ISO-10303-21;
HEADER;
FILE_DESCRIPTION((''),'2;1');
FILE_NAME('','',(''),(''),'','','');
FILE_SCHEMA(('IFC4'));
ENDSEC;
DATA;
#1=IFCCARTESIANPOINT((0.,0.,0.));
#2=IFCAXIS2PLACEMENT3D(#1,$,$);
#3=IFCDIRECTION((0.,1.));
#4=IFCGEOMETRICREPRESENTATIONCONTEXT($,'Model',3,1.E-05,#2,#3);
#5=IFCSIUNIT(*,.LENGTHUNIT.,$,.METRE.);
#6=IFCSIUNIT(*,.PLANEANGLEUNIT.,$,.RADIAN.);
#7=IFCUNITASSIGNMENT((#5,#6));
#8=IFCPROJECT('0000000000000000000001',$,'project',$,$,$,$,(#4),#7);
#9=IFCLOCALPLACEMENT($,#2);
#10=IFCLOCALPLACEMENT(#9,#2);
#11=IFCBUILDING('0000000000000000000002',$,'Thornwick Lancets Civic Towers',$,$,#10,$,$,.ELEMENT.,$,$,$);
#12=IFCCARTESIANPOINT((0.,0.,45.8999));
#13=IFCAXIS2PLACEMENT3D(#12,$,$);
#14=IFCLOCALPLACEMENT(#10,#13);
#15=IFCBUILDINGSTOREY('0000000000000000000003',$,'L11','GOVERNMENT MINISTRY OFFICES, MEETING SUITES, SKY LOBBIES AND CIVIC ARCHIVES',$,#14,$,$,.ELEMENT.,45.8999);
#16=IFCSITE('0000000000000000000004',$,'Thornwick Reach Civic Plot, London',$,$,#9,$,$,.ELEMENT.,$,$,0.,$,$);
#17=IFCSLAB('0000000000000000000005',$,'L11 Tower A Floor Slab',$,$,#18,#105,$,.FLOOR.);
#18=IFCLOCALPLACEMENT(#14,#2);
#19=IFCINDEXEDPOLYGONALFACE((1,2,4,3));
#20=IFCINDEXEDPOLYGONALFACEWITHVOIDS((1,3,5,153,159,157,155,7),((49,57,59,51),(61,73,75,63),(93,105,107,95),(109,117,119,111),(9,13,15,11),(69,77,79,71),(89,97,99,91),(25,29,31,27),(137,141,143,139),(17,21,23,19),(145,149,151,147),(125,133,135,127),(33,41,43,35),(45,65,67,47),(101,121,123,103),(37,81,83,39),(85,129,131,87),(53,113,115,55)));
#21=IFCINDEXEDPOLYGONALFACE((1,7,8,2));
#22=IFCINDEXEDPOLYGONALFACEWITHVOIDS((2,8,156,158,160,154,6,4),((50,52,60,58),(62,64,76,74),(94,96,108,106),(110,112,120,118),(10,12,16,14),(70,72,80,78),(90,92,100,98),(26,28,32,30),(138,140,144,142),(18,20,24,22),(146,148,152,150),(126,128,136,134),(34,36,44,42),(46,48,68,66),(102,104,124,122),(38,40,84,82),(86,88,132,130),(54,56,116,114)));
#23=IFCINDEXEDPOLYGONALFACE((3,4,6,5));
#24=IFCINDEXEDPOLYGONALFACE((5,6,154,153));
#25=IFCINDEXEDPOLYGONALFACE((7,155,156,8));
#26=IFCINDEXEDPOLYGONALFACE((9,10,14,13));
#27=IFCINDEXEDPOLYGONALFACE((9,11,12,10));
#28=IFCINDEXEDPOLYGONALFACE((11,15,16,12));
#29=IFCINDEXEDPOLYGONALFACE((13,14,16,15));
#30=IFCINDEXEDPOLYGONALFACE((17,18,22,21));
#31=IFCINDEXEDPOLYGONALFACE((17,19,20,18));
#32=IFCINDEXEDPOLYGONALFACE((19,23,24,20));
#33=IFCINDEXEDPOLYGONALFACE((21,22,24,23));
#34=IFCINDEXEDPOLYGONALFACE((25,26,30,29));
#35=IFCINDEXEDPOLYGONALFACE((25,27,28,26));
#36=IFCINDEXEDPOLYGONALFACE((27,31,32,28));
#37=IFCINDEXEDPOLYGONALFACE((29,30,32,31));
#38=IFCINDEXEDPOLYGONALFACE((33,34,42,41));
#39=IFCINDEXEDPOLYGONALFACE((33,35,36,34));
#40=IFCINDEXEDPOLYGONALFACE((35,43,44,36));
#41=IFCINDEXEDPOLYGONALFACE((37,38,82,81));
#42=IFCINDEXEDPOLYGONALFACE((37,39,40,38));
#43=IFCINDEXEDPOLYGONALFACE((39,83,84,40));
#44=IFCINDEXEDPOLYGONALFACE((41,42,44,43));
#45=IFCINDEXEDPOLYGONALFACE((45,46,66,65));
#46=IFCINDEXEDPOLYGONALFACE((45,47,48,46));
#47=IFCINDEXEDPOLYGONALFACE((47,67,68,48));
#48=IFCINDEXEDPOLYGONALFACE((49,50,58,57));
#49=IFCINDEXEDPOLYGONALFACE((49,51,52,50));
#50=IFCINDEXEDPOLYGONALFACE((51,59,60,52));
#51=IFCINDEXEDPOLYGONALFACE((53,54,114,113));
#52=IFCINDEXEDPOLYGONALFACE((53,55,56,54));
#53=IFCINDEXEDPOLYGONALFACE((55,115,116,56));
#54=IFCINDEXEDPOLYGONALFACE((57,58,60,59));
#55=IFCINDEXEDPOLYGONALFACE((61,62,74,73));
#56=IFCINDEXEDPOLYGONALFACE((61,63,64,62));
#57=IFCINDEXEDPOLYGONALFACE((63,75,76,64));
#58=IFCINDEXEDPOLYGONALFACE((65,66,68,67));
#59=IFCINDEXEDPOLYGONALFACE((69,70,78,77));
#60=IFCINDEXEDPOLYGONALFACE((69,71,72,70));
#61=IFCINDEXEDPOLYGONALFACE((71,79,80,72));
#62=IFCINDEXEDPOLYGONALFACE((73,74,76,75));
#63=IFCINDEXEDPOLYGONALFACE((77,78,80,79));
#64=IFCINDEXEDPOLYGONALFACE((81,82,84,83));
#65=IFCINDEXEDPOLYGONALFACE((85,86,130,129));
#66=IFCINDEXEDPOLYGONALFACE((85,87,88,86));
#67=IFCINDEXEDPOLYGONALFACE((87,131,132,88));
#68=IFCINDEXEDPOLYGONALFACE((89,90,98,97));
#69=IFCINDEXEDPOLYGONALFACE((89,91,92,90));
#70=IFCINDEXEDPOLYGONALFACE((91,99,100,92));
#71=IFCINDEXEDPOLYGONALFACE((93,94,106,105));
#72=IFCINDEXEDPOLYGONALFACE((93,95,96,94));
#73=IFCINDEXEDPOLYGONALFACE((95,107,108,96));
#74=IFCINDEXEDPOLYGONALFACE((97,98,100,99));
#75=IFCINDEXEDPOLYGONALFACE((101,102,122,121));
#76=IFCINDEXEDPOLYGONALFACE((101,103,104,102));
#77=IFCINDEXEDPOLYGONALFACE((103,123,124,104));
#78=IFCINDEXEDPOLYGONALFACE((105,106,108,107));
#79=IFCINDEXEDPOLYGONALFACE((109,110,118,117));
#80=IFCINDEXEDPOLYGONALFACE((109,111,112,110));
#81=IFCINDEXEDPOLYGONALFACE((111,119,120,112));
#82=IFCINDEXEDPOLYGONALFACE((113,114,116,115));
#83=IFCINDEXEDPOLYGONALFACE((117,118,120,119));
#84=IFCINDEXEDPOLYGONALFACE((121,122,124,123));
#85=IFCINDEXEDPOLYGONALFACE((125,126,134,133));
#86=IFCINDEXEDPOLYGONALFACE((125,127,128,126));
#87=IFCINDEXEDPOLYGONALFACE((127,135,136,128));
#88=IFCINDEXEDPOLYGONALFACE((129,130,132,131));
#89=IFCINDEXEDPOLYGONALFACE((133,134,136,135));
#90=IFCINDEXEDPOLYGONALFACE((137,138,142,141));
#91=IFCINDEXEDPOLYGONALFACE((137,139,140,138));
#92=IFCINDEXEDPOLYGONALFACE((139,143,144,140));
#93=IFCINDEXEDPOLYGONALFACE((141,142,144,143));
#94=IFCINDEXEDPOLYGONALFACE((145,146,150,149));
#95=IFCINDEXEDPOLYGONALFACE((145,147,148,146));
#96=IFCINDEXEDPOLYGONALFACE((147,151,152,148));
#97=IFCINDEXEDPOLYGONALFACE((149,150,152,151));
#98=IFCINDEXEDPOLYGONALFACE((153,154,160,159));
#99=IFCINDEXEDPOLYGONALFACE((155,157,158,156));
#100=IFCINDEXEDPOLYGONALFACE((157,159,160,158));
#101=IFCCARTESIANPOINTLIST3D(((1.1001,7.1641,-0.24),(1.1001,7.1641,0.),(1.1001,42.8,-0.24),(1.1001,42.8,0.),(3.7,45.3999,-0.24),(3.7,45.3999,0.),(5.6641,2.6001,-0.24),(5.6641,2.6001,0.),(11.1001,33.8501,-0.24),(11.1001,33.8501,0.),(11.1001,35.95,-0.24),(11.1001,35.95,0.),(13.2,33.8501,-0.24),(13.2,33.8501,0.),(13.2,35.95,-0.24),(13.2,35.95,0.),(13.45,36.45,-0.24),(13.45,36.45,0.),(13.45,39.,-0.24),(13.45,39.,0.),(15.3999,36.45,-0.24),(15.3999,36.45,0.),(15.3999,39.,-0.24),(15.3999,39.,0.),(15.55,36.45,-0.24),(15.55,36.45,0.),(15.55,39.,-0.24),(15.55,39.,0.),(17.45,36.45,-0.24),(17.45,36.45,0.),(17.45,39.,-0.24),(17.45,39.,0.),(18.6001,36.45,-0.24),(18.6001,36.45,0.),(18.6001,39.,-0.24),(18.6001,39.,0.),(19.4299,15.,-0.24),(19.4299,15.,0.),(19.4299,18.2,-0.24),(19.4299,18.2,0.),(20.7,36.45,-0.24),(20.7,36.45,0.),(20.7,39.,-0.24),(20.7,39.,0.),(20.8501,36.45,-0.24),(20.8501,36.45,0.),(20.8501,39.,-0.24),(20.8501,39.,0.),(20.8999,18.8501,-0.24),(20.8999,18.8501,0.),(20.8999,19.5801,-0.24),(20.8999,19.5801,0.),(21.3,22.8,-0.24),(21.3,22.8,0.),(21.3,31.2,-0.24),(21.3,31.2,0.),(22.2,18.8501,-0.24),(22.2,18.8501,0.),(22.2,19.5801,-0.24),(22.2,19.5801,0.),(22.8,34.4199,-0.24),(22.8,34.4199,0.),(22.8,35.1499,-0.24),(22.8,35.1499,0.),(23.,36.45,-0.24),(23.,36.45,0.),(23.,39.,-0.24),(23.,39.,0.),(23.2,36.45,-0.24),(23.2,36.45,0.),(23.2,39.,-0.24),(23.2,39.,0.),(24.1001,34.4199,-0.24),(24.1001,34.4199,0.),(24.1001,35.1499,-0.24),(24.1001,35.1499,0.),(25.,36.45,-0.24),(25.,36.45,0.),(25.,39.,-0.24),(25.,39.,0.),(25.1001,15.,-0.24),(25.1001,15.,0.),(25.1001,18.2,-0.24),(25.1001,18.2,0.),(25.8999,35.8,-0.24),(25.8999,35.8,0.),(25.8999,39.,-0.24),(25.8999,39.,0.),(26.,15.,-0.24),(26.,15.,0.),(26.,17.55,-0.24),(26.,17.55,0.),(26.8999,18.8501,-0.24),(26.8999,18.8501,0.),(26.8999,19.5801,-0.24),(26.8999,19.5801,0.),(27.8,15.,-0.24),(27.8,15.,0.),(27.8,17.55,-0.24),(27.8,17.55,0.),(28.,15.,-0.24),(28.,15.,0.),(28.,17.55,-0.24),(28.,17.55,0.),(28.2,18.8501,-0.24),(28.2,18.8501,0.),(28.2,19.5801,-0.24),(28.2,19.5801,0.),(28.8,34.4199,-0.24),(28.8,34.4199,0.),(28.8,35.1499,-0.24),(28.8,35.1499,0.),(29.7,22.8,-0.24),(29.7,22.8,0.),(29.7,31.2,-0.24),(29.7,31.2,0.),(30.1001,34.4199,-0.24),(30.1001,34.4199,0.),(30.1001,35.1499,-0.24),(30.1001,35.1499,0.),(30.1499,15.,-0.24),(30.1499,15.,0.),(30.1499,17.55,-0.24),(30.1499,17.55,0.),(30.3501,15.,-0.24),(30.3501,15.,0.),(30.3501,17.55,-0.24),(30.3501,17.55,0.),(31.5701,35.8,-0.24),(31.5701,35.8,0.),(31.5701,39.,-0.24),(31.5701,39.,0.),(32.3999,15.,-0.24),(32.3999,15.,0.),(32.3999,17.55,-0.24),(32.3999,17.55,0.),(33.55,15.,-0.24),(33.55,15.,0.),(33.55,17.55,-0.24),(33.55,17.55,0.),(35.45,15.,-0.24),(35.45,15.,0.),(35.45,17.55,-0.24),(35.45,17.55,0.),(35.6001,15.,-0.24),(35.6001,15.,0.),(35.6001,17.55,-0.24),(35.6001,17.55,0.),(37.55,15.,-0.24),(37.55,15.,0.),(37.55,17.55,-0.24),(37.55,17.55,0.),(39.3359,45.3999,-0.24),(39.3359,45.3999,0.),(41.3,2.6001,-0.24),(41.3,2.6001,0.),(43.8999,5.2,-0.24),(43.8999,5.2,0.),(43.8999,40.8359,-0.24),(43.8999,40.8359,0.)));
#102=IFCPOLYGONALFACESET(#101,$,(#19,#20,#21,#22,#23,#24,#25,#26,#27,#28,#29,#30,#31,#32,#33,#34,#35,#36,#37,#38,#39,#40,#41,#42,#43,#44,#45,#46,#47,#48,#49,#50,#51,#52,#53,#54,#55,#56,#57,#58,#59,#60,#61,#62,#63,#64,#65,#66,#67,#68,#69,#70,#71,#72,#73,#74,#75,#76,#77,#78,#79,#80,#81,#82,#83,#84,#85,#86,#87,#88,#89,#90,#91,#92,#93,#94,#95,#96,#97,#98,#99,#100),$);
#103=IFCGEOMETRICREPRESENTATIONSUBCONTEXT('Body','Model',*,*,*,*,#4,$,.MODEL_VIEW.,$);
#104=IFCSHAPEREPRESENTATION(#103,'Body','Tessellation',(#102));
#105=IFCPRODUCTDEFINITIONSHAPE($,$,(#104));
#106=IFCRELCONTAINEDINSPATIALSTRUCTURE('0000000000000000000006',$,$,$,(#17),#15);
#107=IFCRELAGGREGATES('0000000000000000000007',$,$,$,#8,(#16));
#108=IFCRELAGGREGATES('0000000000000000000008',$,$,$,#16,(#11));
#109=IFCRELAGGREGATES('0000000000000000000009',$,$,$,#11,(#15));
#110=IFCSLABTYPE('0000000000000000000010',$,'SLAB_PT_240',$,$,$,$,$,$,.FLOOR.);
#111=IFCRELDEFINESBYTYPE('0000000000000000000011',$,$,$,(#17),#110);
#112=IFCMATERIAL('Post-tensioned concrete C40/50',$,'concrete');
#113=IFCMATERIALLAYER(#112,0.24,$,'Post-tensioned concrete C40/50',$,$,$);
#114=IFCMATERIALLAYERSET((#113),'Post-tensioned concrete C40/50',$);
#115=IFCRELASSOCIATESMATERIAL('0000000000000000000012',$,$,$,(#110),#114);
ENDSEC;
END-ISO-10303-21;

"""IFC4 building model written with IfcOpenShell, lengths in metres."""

from ifc_helpers import new_model, si_unit, direction, frame, origin, place, context, subcontext, project, spatial, polyline, outline, extrude, material, layer, layer_set, type_object, element, save


model = new_model("IFC4")

# Units and contexts
model_context = context("Model", 3, precision=1e-05, world=origin(), true_north=direction((0.0, 1.0)))
body_context = subcontext(model_context, "Body", "Model", "MODEL_VIEW")
ifc_project = project(units=[si_unit("LENGTHUNIT", "METRE"), si_unit("PLANEANGLEUNIT", "RADIAN")], contexts=[model_context])

# Site, building, storey
site_placement = place(None, origin())
site = spatial("IfcSite", under=ifc_project, at=site_placement, Name="Thornwick Reach Civic Plot, London", CompositionType="ELEMENT", RefElevation=0.0)
building_placement = place(site_placement, origin())
building = spatial("IfcBuilding", under=site, at=building_placement, Name="Thornwick Lancets Civic Towers", CompositionType="ELEMENT")
storey_placement = place(building_placement, frame((0.0, 0.0, 45.8999)))
storey = spatial("IfcBuildingStorey", under=building, at=storey_placement, Name="L11", Description="GOVERNMENT MINISTRY OFFICES, MEETING SUITES, SKY LOBBIES AND CIVIC ARCHIVES", CompositionType="ELEMENT", Elevation=45.8999)

# Shared definitions
ifc_material_1 = material(Name="Post-tensioned concrete C40/50", Category="concrete")

# Slab
ifc_layer_1 = layer(ifc_material_1, 0.24, Name="Post-tensioned concrete C40/50")
ifc_layer_set_1 = layer_set([ifc_layer_1], Name="Post-tensioned concrete C40/50")
slab_type_1 = type_object("IfcSlabType", Name="SLAB_PT_240", PredefinedType="FLOOR", material=ifc_layer_set_1)
slab_1_placement = place(storey_placement, frame((0.0, 0.0, -0.24)))
element("IfcSlab", 1, at=slab_1_placement, inside=storey, type_object=slab_type_1, Name="L11 Tower A Floor Slab", PredefinedType="FLOOR", context=body_context, shape_type="SweptSolid", body=[
    extrude(outline(polyline([(5.6641, 2.6001), (41.3, 2.6001), (43.8999, 5.2), (43.8999, 40.8359), (39.3359, 45.3999), (3.7, 45.3999), (1.1001, 42.8), (1.1001, 7.1641), (5.6641, 2.6001)]), holes=[polyline([(21.3, 22.8), (29.7, 22.8), (29.7, 31.2), (21.3, 31.2), (21.3, 22.8)]), polyline([(19.4299, 15.0), (25.1001, 15.0), (25.1001, 18.2), (19.4299, 18.2), (19.4299, 15.0)]), polyline([(31.5701, 39.0), (25.8999, 39.0), (25.8999, 35.8), (31.5701, 35.8), (31.5701, 39.0)]), polyline([(26.0, 15.0), (27.8, 15.0), (27.8, 17.55), (26.0, 17.55), (26.0, 15.0)]), polyline([(28.0, 15.0), (30.1499, 15.0), (30.1499, 17.55), (28.0, 17.55), (28.0, 15.0)]), polyline([(30.3501, 15.0), (32.3999, 15.0), (32.3999, 17.55), (30.3501, 17.55), (30.3501, 15.0)]), polyline([(33.55, 15.0), (35.45, 15.0), (35.45, 17.55), (33.55, 17.55), (33.55, 15.0)]), polyline([(35.6001, 15.0), (37.55, 15.0), (37.55, 17.55), (35.6001, 17.55), (35.6001, 15.0)]), polyline([(23.2, 36.45), (25.0, 36.45), (25.0, 39.0), (23.2, 39.0), (23.2, 36.45)]), polyline([(20.8501, 36.45), (23.0, 36.45), (23.0, 39.0), (20.8501, 39.0), (20.8501, 36.45)]), polyline([(18.6001, 36.45), (20.7, 36.45), (20.7, 39.0), (18.6001, 39.0), (18.6001, 36.45)]), polyline([(15.55, 36.45), (17.45, 36.45), (17.45, 39.0), (15.55, 39.0), (15.55, 36.45)]), polyline([(13.45, 36.45), (15.3999, 36.45), (15.3999, 39.0), (13.45, 39.0), (13.45, 36.45)]), polyline([(11.1001, 33.8501), (13.2, 33.8501), (13.2, 35.95), (11.1001, 35.95), (11.1001, 33.8501)]), polyline([(26.8999, 18.8501), (28.2, 18.8501), (28.2, 19.5801), (26.8999, 19.5801), (26.8999, 18.8501)]), polyline([(20.8999, 18.8501), (22.2, 18.8501), (22.2, 19.5801), (20.8999, 19.5801), (20.8999, 18.8501)]), polyline([(22.8, 34.4199), (24.1001, 34.4199), (24.1001, 35.1499), (22.8, 35.1499), (22.8, 34.4199)]), polyline([(28.8, 34.4199), (30.1001, 34.4199), (30.1001, 35.1499), (28.8, 35.1499), (28.8, 34.4199)])]), origin(), (0.0, 0.0, 1.0), 0.24),
])

save(model, "model.ifc")
